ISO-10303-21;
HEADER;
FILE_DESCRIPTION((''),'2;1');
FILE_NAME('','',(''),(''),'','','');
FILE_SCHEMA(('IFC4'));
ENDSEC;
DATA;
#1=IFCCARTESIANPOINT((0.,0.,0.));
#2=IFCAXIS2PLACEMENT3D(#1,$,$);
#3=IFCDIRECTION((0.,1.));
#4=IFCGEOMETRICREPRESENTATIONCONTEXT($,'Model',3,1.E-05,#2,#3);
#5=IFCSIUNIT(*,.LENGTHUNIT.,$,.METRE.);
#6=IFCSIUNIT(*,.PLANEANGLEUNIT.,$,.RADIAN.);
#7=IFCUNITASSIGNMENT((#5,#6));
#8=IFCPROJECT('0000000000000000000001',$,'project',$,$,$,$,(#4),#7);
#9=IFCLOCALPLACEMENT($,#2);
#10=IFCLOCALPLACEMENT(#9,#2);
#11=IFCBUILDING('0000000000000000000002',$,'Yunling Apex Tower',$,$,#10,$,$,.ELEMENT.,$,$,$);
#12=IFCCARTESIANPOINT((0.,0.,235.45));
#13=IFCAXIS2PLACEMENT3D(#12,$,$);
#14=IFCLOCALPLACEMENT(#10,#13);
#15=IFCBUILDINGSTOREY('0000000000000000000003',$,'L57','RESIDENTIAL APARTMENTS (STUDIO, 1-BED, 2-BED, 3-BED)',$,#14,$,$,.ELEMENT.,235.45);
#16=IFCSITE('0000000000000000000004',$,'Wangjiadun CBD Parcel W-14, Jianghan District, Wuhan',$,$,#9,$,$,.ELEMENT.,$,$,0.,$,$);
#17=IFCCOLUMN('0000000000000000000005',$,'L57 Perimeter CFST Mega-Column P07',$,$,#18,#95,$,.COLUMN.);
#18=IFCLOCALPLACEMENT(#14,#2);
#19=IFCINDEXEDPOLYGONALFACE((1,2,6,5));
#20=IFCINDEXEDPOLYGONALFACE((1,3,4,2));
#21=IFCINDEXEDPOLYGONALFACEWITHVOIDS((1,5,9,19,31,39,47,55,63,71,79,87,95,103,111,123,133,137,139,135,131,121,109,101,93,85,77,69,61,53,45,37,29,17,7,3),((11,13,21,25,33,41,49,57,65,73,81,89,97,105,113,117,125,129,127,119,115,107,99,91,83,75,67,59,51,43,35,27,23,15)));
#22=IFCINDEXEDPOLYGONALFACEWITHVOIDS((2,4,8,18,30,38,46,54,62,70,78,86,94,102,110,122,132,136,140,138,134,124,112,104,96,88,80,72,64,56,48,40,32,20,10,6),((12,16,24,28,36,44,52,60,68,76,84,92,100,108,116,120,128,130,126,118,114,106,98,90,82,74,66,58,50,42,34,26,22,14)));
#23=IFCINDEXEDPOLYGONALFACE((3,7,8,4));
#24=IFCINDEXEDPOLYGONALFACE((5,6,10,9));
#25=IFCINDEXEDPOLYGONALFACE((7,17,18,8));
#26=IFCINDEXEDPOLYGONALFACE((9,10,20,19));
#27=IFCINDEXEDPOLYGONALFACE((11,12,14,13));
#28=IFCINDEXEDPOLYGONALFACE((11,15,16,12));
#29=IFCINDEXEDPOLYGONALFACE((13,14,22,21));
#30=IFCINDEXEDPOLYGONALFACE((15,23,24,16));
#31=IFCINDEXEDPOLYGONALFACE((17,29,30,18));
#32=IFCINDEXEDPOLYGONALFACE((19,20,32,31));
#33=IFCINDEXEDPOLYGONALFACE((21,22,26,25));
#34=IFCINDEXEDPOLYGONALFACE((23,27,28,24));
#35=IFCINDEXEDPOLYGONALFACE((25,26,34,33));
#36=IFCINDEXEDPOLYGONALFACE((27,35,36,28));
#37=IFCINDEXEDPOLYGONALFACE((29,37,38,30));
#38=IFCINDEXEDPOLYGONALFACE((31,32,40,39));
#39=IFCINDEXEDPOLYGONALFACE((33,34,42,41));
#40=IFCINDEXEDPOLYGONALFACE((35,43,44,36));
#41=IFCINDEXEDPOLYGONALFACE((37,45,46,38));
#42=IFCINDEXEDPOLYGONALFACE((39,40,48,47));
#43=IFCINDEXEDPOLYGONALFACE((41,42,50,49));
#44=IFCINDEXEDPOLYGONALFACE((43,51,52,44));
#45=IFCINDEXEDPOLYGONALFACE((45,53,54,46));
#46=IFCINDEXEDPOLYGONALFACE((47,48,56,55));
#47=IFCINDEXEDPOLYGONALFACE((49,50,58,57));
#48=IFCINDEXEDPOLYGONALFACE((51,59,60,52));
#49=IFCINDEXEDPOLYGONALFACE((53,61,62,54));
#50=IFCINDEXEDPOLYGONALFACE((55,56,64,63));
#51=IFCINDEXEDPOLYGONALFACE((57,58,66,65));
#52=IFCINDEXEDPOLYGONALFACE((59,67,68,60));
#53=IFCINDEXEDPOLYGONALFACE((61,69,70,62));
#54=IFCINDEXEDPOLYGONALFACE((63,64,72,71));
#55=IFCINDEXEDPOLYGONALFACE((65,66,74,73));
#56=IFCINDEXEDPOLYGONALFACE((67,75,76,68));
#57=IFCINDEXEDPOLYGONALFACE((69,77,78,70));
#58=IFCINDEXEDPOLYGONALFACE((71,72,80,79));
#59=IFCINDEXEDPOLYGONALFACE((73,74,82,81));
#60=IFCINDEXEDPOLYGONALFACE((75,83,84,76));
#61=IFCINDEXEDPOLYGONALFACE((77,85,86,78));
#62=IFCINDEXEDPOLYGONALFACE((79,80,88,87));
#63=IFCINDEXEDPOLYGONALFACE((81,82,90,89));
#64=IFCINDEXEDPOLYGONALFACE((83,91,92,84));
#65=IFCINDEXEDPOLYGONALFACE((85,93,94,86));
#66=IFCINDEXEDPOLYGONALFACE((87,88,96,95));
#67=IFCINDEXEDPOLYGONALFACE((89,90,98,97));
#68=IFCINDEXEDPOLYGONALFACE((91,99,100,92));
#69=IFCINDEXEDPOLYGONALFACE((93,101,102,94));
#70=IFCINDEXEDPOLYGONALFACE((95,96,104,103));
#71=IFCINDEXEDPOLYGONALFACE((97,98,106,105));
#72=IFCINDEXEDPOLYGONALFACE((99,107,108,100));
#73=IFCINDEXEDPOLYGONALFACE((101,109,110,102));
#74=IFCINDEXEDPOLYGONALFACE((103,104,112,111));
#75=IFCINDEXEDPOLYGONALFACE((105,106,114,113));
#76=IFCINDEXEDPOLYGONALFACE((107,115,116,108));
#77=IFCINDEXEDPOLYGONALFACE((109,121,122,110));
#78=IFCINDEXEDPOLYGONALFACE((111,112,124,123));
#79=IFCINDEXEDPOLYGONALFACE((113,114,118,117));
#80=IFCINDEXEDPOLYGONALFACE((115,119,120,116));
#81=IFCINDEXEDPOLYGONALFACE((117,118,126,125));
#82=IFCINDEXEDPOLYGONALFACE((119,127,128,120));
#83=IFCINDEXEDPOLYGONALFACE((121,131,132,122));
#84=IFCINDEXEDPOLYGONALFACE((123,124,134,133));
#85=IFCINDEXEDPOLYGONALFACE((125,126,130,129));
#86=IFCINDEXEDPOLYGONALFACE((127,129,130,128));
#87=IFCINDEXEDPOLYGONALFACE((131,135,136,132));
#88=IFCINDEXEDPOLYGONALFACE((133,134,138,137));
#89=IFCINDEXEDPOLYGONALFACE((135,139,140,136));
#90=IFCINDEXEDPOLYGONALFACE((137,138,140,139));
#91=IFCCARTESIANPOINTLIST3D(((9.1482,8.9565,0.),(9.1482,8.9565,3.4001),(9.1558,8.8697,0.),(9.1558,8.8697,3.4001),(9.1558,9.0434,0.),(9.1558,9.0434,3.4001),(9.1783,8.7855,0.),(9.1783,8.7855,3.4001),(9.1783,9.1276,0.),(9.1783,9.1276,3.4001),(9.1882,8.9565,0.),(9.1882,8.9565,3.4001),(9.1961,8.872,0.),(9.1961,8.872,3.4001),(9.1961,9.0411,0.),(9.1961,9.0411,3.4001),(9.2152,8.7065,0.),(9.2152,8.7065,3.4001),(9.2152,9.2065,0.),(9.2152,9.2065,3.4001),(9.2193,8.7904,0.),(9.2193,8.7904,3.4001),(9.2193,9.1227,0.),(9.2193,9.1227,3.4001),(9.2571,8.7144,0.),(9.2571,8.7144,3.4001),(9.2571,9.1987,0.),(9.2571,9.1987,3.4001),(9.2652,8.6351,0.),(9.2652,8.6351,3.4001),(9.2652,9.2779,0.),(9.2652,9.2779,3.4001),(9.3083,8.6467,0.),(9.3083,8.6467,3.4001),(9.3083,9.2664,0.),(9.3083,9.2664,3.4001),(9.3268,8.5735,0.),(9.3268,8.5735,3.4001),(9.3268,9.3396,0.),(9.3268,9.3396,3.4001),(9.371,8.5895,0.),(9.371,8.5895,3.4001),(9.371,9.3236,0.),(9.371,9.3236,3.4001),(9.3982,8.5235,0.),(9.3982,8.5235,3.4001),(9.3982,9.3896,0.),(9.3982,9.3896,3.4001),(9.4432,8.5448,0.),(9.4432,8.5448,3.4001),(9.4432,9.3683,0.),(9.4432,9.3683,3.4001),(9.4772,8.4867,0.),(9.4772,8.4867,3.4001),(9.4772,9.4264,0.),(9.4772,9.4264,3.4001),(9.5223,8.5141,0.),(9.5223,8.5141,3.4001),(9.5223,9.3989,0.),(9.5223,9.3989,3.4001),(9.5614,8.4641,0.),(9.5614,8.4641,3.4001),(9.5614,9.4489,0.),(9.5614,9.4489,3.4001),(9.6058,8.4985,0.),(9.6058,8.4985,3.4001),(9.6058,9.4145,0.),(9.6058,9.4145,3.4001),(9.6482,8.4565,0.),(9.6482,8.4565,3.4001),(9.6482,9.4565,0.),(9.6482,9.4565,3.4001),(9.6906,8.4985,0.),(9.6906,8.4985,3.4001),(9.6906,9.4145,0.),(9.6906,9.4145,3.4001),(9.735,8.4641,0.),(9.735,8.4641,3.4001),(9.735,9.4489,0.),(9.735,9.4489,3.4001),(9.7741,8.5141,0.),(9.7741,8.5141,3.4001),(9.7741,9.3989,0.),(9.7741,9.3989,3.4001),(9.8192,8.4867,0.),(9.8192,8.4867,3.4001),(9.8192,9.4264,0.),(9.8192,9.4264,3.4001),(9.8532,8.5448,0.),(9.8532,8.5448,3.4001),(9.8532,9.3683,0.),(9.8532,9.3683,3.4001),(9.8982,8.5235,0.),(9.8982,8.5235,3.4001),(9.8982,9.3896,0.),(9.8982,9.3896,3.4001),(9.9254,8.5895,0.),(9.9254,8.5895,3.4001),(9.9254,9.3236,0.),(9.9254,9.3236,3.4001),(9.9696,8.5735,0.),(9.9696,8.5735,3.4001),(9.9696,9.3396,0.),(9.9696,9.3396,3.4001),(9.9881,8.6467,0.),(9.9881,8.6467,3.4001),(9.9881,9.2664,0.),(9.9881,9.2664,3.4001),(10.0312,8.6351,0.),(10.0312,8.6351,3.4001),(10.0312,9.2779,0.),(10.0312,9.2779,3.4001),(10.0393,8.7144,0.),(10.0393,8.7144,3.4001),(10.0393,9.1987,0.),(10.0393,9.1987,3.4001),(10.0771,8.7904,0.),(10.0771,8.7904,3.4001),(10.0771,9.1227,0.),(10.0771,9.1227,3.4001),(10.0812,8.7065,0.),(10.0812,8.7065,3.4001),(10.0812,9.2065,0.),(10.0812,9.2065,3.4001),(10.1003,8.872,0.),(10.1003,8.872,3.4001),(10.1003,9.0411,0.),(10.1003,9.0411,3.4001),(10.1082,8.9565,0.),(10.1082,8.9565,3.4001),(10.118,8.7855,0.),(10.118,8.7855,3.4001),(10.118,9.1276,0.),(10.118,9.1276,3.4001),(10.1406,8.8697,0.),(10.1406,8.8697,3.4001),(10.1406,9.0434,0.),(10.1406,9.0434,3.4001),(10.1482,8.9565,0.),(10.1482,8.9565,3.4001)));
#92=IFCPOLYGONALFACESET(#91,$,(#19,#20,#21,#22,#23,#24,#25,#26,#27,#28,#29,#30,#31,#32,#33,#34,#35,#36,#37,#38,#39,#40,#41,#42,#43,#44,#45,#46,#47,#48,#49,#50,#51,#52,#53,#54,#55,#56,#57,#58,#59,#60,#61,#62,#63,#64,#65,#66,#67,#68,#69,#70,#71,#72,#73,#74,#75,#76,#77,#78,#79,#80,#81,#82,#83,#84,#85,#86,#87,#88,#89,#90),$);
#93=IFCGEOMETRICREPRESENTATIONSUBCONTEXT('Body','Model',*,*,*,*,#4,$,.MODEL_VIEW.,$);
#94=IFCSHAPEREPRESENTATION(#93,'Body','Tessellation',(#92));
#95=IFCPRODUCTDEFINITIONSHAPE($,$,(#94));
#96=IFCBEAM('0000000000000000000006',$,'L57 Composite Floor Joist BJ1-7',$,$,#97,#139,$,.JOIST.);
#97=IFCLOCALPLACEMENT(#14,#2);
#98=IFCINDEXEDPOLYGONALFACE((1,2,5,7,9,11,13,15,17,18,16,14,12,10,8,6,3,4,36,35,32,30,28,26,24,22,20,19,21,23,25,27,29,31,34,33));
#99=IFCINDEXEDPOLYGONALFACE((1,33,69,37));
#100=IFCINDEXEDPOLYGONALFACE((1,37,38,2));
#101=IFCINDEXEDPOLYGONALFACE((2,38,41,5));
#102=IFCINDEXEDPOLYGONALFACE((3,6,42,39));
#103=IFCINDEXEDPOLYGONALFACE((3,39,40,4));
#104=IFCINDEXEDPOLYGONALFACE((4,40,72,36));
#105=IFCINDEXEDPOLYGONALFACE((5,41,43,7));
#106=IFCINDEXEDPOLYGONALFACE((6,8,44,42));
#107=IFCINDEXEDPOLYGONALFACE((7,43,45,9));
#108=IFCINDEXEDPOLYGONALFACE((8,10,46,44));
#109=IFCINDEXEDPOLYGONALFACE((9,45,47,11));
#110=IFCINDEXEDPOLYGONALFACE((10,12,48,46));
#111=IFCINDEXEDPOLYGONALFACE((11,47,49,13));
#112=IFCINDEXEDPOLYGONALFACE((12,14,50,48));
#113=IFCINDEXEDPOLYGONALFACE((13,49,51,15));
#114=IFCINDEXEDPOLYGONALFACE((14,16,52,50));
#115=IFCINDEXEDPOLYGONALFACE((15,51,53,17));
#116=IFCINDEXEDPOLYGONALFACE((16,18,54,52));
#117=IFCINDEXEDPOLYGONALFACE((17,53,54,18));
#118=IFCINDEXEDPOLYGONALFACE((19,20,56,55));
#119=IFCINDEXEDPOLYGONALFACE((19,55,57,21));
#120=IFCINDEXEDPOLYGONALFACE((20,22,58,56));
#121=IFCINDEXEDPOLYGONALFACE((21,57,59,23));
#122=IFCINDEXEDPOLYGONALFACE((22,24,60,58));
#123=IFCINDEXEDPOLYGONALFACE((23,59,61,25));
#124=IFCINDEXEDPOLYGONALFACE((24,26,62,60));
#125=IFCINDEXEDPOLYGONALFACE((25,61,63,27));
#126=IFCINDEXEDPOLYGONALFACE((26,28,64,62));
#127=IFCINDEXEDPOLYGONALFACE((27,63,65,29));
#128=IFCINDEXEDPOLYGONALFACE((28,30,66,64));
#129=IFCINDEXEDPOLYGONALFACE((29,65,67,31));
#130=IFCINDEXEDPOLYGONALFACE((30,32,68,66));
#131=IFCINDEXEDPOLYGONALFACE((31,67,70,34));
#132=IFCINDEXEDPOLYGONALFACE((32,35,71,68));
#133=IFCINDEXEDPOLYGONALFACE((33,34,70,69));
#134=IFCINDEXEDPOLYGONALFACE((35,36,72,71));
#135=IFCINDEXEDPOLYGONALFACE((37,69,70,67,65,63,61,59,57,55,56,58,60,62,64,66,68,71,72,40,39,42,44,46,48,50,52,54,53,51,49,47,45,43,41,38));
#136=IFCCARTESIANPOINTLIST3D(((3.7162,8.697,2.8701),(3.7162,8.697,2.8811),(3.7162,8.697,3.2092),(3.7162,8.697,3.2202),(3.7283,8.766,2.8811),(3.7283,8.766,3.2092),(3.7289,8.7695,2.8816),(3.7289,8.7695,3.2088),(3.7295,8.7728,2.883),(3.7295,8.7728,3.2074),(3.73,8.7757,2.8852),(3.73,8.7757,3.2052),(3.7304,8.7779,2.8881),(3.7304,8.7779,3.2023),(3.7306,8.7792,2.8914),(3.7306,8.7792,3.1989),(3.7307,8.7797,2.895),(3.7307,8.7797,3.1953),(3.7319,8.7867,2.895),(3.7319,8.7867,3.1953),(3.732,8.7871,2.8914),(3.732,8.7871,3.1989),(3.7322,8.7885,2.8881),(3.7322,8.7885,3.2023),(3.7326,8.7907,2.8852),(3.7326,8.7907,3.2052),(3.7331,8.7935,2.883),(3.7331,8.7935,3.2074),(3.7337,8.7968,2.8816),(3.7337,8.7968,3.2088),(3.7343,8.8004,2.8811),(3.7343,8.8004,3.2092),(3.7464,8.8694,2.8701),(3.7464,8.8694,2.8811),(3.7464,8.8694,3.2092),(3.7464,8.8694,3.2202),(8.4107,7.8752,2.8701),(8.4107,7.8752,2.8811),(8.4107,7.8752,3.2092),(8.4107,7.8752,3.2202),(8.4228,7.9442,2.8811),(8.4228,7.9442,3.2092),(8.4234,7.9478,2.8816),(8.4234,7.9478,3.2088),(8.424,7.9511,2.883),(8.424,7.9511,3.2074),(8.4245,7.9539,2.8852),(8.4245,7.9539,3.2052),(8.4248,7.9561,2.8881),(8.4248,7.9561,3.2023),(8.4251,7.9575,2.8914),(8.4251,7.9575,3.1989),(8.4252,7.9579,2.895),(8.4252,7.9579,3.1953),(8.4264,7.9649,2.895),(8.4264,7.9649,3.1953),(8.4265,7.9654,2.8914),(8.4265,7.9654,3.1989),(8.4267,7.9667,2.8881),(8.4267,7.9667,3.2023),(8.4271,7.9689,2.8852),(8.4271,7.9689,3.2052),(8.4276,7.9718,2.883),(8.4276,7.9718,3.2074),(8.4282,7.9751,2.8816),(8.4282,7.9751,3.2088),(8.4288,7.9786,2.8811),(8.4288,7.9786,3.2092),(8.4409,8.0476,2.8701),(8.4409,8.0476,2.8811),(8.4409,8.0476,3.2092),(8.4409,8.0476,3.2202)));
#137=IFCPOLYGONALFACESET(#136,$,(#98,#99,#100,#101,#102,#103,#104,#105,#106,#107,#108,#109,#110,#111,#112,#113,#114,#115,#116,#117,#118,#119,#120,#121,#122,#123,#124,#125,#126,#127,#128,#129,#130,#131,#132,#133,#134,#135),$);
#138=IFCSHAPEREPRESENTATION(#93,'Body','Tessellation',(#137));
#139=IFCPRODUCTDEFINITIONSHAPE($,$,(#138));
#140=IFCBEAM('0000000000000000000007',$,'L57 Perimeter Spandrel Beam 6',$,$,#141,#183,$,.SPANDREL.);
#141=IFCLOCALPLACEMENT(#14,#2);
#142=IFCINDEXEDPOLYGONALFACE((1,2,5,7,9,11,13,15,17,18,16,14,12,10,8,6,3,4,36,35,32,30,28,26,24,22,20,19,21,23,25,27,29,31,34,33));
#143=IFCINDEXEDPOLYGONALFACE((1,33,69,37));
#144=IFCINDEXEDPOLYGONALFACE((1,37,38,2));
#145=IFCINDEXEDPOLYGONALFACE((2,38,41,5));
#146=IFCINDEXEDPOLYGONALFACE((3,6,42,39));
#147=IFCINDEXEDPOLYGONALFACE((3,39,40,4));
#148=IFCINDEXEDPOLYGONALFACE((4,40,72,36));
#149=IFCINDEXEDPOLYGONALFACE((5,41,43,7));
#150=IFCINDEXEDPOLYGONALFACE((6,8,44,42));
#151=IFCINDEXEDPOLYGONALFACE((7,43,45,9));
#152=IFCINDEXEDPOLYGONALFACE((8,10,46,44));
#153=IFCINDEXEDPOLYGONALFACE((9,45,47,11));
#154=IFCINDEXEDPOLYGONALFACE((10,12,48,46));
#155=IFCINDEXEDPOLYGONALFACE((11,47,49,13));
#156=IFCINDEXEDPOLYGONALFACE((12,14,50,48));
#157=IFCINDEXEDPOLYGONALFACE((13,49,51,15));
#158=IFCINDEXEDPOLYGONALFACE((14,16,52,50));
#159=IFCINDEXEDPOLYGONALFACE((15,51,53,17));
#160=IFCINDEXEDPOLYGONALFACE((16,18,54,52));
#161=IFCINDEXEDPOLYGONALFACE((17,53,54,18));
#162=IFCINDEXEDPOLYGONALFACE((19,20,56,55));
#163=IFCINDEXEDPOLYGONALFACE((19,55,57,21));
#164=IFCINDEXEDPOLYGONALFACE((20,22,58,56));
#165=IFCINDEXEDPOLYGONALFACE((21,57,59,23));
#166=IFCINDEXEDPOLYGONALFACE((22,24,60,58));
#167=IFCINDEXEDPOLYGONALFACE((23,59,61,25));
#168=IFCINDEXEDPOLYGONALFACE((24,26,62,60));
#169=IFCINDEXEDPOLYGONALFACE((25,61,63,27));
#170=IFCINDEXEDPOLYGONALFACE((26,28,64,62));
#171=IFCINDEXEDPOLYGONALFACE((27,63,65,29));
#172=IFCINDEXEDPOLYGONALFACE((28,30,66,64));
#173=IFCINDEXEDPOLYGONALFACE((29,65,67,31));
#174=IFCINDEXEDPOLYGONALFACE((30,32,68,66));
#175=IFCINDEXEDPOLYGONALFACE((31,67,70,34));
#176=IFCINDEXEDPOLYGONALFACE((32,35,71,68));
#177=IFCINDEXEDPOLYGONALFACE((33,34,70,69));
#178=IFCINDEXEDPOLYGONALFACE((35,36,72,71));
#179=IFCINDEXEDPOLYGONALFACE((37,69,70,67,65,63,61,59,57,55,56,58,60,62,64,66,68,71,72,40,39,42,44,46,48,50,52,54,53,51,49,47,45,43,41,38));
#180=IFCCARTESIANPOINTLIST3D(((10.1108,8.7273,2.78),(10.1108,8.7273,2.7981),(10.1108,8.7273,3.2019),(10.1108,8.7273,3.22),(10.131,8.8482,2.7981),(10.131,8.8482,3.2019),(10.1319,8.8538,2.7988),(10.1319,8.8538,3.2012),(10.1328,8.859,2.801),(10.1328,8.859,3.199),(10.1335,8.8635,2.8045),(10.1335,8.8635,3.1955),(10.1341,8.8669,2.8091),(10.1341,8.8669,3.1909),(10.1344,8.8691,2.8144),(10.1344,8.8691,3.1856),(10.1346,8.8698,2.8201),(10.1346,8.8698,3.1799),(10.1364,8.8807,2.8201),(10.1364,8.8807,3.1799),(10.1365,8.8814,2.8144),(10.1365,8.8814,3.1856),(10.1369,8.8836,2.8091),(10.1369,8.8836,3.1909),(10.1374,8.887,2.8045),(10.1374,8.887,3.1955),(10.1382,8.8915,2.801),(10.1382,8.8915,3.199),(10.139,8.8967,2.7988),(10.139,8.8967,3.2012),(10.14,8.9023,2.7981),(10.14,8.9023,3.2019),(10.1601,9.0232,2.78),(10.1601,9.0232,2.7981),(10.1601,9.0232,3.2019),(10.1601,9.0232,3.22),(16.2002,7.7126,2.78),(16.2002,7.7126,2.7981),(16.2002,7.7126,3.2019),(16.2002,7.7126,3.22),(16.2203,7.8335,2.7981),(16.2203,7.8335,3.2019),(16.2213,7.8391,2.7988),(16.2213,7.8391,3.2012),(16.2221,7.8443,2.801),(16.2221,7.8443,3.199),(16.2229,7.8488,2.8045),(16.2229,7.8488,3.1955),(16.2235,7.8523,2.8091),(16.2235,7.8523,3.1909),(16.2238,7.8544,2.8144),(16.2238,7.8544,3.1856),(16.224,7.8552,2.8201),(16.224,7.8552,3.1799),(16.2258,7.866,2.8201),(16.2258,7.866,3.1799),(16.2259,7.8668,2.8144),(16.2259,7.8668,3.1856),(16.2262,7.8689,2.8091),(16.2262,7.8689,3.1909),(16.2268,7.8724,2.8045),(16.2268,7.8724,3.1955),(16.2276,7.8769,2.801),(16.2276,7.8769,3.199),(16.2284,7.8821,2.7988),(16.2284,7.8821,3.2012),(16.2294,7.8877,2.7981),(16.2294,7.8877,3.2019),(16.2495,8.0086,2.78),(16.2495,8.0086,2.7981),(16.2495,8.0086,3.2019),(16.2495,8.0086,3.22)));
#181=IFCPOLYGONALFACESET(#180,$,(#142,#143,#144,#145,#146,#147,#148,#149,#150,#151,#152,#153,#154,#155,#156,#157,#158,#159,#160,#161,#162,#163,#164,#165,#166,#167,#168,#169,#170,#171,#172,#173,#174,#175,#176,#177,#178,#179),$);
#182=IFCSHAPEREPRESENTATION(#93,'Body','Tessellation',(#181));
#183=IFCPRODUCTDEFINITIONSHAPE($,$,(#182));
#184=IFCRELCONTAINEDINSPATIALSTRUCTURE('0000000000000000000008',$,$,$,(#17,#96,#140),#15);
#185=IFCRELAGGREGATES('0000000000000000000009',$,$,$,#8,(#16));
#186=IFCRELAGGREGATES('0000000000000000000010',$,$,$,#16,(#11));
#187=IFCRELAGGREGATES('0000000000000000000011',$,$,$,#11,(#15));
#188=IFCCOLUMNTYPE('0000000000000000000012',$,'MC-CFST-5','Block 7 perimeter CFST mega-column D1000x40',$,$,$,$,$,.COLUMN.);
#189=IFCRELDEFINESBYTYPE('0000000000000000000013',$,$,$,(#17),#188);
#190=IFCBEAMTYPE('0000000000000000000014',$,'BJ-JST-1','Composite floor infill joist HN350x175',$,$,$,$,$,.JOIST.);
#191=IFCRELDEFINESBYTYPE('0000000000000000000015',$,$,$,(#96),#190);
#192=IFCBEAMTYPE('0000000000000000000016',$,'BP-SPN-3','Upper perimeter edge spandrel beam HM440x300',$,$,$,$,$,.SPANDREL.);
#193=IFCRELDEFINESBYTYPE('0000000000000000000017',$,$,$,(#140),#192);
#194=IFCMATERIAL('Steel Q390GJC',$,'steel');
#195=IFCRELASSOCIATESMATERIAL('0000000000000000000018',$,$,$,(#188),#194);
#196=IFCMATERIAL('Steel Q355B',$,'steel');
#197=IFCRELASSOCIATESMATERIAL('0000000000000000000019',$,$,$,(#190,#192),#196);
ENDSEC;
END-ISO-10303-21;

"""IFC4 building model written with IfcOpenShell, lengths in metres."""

from ifc_helpers import new_model, si_unit, direction, frame, origin, origin_2d, place, context, subcontext, project, spatial, hollow_circle, i_section, extrude, source, transform, mapped, material, material_profile, profile_set, type_object, element, save


model = new_model("IFC4")

# Units and contexts
model_context = context("Model", 3, precision=1e-05, world=origin(), true_north=direction((0.0, 1.0)))
body_context = subcontext(model_context, "Body", "Model", "MODEL_VIEW")
ifc_project = project(units=[si_unit("LENGTHUNIT", "METRE"), si_unit("PLANEANGLEUNIT", "RADIAN")], contexts=[model_context])

# Site, building, storey
site_placement = place(None, origin())
site = spatial("IfcSite", under=ifc_project, at=site_placement, Name="Wangjiadun CBD Parcel W-14, Jianghan District, Wuhan", CompositionType="ELEMENT", RefElevation=0.0)
building_placement = place(site_placement, origin())
building = spatial("IfcBuilding", under=site, at=building_placement, Name="Yunling Apex Tower", CompositionType="ELEMENT")
storey_placement = place(building_placement, frame((0.0, 0.0, 235.45)))
storey = spatial("IfcBuildingStorey", under=building, at=storey_placement, Name="L57", Description="RESIDENTIAL APARTMENTS (STUDIO, 1-BED, 2-BED, 3-BED)", CompositionType="ELEMENT", Elevation=235.45)

# Column
ifc_material_1 = material(Name="Steel Q390GJC", Category="steel")
ifc_material_profile_1 = material_profile(ifc_material_1, hollow_circle(Radius=0.5, WallThickness=0.04, at=origin_2d()))
ifc_profile_set_1 = profile_set([ifc_material_profile_1], Name="Steel Q390GJC")
column_type = type_object("IfcColumnType", Name="MC-CFST-5", Description="Block 7 perimeter CFST mega-column D1000x40", PredefinedType="COLUMN", material=ifc_profile_set_1)
shared_shape_1 = source(origin(), body_context, "Body", "SweptSolid", [
    extrude(hollow_circle(Radius=0.5, WallThickness=0.04, at=origin_2d()), origin(), (0.0, 0.0, 1.0), 3.4001),
])
for number, where, z_axis, x_axis, name in (
    (1, (9.6482, 8.9565, 0.0), (0.0, 0.0, 1.0), (1.0, 0.0, 0.0), "L57 Perimeter CFST Mega-Column P07"),
):
    element("IfcColumn", number, at=place(storey_placement, frame(where, z_axis=z_axis, x_axis=x_axis)), inside=storey, type_object=column_type, Name=name, PredefinedType="COLUMN", context=body_context, shape_type="MappedRepresentation", body=[
        mapped(shared_shape_1, transform((0.0, 0.0, 0.0), scale=1.0)),
    ])

# Beams
ifc_material_2 = material(Name="Steel Q355B", Category="steel")
ifc_material_profile_2 = material_profile(ifc_material_2, i_section(OverallWidth=0.175, OverallDepth=0.3501, WebThickness=0.0071, FlangeThickness=0.011, FilletRadius=0.0139, at=origin_2d()))
ifc_profile_set_2 = profile_set([ifc_material_profile_2], Name="Steel Q355B")
beam_type_1 = type_object("IfcBeamType", Name="BJ-JST-1", Description="Composite floor infill joist HN350x175", PredefinedType="JOIST", material=ifc_profile_set_2)
shared_shape_2 = source(origin(), body_context, "Body", "SweptSolid", [
    extrude(i_section(OverallWidth=0.175, OverallDepth=0.3501, WebThickness=0.0071, FlangeThickness=0.011, FilletRadius=0.0139, at=origin_2d()), origin(), (0.0, 0.0, 1.0), 4.7659),
])
beam_1_placement = place(storey_placement, frame((8.4258, 7.9614, 3.0452), z_axis=(-0.985022, 0.172426, 0.0), x_axis=(-0.172426, -0.985022, 0.0)))
element("IfcBeam", 2, at=beam_1_placement, inside=storey, type_object=beam_type_1, Name="L57 Composite Floor Joist BJ1-7", PredefinedType="JOIST", context=body_context, shape_type="MappedRepresentation", body=[
    mapped(shared_shape_2, transform((0.0, 0.0, 0.0), scale=1.0)),
])
ifc_material_profile_3 = material_profile(ifc_material_2, i_section(OverallWidth=0.3, OverallDepth=0.4399, WebThickness=0.011, FlangeThickness=0.0181, FilletRadius=0.022, at=origin_2d()))
ifc_profile_set_3 = profile_set([ifc_material_profile_3], Name="Steel Q355B")
beam_type_2 = type_object("IfcBeamType", Name="BP-SPN-3", Description="Upper perimeter edge spandrel beam HM440x300", PredefinedType="SPANDREL", material=ifc_profile_set_3)
shared_shape_3 = source(origin(), body_context, "Body", "SweptSolid", [
    extrude(i_section(OverallWidth=0.3, OverallDepth=0.4399, WebThickness=0.011, FlangeThickness=0.0181, FilletRadius=0.022, at=origin_2d()), origin(), (0.0, 0.0, 1.0), 6.1733),
])
for number, where, z_axis, x_axis, name in (
    (3, (16.2249, 7.8606, 3.0), (-0.9864, 0.164361, 0.0), (-0.164361, -0.9864, 0.0), "L57 Perimeter Spandrel Beam 6"),
):
    element("IfcBeam", number, at=place(storey_placement, frame(where, z_axis=z_axis, x_axis=x_axis)), inside=storey, type_object=beam_type_2, Name=name, PredefinedType="SPANDREL", context=body_context, shape_type="MappedRepresentation", body=[
        mapped(shared_shape_3, transform((0.0, 0.0, 0.0), scale=1.0)),
    ])

save(model, "model.ifc")
